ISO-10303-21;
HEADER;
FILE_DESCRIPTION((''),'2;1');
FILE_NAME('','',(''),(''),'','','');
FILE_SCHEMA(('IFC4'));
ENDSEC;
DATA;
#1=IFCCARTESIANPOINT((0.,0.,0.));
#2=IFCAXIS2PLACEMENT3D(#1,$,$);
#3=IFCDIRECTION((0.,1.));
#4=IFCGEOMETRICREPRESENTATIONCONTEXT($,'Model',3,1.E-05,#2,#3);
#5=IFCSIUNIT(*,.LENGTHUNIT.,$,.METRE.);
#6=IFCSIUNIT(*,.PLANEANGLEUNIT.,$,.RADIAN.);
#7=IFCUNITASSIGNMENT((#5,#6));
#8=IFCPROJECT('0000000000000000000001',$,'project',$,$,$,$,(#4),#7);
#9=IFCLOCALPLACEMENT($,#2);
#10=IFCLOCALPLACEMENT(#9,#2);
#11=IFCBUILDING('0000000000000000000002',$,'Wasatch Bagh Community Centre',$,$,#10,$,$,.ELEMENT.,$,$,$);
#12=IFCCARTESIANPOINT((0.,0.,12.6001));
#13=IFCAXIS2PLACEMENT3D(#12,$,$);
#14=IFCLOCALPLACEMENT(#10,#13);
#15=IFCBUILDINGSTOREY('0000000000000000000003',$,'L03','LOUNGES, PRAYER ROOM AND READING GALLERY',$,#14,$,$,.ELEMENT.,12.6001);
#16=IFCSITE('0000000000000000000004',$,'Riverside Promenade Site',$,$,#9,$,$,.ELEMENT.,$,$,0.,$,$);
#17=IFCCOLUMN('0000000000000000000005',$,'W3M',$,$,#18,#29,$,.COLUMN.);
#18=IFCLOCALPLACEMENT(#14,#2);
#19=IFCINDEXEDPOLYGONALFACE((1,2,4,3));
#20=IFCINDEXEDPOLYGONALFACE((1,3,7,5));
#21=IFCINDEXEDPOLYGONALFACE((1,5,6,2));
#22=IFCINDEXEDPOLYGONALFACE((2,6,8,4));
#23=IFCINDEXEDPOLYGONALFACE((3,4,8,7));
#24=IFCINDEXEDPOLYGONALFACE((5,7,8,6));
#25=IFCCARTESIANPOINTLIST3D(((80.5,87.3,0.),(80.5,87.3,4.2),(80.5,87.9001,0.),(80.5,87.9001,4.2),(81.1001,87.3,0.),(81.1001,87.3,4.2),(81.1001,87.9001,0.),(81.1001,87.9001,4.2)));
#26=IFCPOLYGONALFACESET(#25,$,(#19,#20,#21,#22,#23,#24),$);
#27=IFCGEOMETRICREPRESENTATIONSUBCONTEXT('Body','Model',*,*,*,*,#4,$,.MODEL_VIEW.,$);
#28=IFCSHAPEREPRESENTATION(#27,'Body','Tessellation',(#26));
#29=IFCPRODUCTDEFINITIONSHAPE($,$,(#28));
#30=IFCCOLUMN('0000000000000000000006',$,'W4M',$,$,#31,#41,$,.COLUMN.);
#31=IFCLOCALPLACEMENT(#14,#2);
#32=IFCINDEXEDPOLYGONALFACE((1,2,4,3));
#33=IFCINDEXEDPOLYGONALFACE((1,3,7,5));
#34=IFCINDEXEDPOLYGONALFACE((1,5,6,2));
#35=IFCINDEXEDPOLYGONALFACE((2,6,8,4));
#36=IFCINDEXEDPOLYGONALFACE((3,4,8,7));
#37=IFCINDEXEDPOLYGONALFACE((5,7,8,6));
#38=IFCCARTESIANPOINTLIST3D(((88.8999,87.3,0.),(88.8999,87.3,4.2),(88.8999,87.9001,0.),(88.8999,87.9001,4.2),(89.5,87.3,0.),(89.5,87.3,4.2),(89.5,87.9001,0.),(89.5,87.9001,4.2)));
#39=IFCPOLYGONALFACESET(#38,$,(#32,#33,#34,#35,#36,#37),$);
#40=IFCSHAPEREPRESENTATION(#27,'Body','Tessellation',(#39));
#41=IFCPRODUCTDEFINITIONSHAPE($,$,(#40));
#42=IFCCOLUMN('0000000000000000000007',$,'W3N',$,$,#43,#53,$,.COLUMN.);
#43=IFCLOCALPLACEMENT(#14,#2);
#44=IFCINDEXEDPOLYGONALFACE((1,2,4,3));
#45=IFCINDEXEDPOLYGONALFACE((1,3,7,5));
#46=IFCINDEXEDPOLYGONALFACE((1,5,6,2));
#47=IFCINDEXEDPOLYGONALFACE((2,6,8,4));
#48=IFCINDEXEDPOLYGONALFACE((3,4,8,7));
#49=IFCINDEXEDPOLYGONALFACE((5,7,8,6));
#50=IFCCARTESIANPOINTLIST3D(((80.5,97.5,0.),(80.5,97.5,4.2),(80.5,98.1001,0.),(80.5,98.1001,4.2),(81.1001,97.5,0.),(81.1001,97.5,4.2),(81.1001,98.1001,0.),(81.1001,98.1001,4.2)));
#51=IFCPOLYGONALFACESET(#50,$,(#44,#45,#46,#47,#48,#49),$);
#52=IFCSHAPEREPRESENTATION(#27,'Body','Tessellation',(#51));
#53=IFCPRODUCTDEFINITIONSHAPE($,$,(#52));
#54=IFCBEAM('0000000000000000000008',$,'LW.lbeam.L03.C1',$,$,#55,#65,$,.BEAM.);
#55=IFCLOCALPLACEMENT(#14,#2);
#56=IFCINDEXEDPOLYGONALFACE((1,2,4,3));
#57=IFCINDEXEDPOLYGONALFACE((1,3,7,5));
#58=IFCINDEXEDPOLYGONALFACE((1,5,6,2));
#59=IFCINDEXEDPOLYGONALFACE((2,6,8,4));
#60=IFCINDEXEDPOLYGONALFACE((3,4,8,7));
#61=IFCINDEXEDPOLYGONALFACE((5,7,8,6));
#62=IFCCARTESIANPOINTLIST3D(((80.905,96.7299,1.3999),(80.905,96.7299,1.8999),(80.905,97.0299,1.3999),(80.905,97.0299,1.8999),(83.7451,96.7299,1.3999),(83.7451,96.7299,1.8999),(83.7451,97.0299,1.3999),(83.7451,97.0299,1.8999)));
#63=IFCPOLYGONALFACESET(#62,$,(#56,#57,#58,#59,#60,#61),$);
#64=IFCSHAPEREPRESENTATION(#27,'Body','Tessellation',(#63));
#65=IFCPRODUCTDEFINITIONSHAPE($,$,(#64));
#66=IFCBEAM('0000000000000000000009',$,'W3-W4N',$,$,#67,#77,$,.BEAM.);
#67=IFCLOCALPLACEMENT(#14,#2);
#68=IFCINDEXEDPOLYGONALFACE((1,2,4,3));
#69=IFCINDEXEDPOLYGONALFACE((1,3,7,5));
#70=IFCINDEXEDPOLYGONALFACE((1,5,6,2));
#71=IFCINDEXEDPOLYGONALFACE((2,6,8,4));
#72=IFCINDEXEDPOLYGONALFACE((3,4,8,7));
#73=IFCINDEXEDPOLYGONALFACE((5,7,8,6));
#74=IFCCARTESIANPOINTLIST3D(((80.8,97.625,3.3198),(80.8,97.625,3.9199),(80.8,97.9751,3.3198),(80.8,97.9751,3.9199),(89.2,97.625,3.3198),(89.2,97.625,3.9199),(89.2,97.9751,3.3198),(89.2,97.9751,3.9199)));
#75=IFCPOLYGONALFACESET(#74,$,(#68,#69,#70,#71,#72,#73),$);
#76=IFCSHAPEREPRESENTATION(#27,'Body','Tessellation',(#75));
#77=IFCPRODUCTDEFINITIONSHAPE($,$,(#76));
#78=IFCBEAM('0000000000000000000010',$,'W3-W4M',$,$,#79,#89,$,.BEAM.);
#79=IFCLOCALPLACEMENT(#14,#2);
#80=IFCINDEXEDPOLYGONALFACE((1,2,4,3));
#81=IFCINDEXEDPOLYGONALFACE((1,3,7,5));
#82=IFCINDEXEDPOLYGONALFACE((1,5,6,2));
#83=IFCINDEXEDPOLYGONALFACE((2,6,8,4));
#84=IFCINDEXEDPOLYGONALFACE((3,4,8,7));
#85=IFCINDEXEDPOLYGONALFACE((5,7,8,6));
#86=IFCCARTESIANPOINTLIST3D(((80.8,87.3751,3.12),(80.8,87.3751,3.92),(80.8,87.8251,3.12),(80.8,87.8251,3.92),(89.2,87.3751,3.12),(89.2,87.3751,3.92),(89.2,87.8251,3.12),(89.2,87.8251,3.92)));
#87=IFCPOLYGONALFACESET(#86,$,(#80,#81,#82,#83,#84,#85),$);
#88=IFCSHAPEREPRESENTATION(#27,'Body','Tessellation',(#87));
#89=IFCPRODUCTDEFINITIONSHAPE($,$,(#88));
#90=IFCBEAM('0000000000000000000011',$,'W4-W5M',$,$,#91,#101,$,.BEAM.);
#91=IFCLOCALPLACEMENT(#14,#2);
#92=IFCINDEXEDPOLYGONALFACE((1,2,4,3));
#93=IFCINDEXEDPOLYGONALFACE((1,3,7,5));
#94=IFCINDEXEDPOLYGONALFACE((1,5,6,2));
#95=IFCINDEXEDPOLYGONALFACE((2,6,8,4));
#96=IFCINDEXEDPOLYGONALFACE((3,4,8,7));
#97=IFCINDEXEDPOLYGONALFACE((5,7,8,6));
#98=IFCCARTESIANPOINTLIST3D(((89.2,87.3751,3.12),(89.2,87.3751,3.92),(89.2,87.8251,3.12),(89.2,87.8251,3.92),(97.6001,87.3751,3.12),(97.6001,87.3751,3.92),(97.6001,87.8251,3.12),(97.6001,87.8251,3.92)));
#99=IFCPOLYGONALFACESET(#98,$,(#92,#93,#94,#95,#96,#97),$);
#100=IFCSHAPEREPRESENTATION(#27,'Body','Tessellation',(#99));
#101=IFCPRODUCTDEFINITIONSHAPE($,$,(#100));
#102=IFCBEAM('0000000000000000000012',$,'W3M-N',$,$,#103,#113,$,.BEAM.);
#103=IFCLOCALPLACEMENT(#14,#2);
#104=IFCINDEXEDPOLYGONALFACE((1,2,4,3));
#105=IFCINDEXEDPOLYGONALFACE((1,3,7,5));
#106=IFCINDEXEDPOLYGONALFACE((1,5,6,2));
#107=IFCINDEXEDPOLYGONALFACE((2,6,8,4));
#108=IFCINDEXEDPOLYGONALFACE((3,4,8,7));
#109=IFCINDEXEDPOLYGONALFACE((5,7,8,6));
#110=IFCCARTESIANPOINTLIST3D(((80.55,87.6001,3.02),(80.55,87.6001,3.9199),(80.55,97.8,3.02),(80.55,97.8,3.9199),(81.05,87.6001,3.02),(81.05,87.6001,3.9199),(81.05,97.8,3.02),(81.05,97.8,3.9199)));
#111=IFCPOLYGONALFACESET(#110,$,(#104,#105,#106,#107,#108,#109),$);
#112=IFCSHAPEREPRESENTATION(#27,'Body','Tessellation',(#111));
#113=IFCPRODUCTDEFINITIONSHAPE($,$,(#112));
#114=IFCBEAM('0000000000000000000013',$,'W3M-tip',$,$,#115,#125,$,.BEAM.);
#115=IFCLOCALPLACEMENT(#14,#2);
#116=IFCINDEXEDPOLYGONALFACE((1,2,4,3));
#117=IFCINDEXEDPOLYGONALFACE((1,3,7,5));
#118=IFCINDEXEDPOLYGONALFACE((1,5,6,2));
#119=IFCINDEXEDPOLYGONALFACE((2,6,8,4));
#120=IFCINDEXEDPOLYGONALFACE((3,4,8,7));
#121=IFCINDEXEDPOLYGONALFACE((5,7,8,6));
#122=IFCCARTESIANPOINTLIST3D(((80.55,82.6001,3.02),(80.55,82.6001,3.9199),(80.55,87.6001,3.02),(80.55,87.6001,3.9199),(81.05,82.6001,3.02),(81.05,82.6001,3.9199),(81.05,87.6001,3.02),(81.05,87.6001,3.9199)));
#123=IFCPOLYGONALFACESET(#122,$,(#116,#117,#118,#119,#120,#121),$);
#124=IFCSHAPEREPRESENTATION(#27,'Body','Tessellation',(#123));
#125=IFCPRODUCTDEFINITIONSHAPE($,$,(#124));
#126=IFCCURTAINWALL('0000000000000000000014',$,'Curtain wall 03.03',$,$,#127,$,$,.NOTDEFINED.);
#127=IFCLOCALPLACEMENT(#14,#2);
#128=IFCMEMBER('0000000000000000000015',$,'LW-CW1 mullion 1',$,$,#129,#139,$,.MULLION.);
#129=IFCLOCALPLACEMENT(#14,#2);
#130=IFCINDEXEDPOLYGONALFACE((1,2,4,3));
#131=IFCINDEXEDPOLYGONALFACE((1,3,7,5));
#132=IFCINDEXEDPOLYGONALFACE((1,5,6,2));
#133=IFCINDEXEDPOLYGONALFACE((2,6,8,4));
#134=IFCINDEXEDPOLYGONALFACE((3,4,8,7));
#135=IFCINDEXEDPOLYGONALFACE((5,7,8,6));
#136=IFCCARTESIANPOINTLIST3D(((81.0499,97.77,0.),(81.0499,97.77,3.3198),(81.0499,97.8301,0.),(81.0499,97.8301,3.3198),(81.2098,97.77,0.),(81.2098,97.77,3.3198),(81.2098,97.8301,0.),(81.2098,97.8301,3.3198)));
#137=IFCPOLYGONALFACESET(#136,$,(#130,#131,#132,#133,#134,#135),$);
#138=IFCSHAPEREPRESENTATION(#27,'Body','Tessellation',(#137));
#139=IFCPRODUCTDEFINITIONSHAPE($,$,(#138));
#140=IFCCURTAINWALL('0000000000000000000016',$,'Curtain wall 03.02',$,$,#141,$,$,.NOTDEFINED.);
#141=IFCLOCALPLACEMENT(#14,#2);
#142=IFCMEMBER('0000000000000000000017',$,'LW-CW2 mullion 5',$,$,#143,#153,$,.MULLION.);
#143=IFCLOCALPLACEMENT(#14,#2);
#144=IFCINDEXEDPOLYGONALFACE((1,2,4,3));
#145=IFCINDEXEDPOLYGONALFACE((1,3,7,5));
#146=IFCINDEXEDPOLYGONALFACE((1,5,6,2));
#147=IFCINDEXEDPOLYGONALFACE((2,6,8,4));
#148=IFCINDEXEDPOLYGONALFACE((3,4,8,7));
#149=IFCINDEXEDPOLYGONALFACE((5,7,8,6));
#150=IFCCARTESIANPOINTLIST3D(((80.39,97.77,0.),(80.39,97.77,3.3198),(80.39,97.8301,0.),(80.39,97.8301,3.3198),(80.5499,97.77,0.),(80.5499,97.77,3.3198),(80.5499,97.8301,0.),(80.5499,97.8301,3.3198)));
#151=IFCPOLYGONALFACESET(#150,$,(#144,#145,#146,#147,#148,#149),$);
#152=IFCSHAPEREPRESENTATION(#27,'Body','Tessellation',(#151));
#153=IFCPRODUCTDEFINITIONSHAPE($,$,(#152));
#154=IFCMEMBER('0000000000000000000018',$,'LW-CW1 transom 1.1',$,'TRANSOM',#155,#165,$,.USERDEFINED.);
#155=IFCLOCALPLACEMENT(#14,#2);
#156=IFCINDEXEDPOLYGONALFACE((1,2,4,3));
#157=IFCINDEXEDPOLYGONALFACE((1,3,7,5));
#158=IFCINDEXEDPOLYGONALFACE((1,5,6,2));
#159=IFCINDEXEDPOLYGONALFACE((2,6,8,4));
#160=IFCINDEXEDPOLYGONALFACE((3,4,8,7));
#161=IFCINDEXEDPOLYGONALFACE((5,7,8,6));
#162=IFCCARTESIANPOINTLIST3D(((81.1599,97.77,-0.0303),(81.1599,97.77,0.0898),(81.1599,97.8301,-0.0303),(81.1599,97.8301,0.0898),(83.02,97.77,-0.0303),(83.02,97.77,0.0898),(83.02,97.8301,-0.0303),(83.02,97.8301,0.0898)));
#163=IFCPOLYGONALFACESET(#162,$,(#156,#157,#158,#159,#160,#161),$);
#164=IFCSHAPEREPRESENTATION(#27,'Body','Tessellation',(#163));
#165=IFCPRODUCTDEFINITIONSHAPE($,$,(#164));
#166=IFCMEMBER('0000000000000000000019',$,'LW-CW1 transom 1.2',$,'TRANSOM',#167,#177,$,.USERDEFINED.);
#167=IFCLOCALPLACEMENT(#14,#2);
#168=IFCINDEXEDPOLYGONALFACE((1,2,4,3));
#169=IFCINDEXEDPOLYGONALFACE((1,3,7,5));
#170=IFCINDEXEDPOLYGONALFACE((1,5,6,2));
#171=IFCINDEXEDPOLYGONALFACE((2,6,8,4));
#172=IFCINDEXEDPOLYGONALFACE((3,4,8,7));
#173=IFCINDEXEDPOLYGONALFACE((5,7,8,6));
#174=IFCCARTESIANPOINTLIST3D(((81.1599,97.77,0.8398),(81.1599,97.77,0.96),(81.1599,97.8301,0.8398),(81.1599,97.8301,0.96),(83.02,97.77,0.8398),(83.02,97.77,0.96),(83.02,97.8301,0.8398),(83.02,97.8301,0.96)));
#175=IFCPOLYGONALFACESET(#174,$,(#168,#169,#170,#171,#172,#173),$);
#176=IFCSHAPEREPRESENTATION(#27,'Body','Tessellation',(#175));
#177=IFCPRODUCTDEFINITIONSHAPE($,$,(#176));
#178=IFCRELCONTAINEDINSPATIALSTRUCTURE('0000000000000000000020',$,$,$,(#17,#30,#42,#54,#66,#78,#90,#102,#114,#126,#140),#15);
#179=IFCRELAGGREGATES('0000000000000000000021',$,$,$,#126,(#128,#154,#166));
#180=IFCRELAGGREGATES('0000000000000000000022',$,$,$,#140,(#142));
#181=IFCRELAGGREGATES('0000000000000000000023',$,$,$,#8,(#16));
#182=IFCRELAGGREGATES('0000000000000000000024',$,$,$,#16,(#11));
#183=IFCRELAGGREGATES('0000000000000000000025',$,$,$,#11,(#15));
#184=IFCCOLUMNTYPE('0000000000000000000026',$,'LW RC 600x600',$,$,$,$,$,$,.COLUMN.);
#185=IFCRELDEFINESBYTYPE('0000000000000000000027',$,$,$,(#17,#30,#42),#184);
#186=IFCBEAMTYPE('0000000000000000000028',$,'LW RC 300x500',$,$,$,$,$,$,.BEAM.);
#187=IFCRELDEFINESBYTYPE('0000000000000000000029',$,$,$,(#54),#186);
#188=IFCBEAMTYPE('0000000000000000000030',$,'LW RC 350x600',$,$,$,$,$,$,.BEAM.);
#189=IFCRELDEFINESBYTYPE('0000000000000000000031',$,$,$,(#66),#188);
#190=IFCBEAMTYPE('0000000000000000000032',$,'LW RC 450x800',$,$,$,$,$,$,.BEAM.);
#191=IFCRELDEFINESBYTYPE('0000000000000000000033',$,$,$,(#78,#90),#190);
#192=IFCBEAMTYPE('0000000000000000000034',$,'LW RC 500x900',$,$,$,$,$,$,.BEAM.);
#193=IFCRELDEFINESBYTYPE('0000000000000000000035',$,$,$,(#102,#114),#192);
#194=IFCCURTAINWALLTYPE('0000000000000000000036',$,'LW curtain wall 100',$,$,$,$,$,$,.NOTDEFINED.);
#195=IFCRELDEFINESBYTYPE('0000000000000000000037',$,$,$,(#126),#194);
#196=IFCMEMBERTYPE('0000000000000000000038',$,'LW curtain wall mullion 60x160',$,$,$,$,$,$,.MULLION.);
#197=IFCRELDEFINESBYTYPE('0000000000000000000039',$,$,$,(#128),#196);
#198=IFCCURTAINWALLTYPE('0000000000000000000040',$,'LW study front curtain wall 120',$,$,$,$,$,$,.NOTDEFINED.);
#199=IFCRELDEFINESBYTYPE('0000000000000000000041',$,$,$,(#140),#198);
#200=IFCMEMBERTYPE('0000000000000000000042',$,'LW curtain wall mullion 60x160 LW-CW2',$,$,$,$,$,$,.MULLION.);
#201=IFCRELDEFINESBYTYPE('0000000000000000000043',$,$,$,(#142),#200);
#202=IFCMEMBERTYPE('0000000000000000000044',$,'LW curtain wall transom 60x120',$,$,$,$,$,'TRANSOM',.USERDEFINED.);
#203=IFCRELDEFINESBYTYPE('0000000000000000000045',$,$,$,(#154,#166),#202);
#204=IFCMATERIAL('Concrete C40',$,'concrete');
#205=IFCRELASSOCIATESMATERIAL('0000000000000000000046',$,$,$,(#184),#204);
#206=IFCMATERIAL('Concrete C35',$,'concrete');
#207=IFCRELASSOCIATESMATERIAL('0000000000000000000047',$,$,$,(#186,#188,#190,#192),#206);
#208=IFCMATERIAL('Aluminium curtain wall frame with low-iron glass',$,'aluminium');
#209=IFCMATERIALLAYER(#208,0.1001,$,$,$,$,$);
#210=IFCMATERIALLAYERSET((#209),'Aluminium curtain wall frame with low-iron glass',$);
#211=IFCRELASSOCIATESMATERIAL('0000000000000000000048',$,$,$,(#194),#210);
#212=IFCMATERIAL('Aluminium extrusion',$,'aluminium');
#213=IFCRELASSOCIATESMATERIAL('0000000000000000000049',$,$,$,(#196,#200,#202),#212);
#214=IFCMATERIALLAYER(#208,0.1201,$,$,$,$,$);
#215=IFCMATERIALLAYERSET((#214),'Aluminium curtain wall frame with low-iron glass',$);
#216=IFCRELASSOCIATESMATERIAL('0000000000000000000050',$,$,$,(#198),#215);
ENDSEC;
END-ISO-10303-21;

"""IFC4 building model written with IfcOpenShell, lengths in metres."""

from ifc_helpers import new_model, si_unit, direction, frame, origin, origin_2d, place, context, subcontext, project, spatial, rectangle, extrude, material, layer, layer_set, material_profile, profile_set, type_object, element, aggregate, save


model = new_model("IFC4")

# Units and contexts
model_context = context("Model", 3, precision=1e-05, world=origin(), true_north=direction((0.0, 1.0)))
body_context = subcontext(model_context, "Body", "Model", "MODEL_VIEW")
ifc_project = project(units=[si_unit("LENGTHUNIT", "METRE"), si_unit("PLANEANGLEUNIT", "RADIAN")], contexts=[model_context])

# Site, building, storey
site_placement = place(None, origin())
site = spatial("IfcSite", under=ifc_project, at=site_placement, Name="Riverside Promenade Site", CompositionType="ELEMENT", RefElevation=0.0)
building_placement = place(site_placement, origin())
building = spatial("IfcBuilding", under=site, at=building_placement, Name="Wasatch Bagh Community Centre", CompositionType="ELEMENT")
storey_placement = place(building_placement, frame((0.0, 0.0, 12.6001)))
storey = spatial("IfcBuildingStorey", under=building, at=storey_placement, Name="L03", Description="LOUNGES, PRAYER ROOM AND READING GALLERY", CompositionType="ELEMENT", Elevation=12.6001)

# Columns
ifc_material_1 = material(Name="Concrete C40", Category="concrete")
ifc_material_profile_1 = material_profile(ifc_material_1, rectangle(XDim=0.6001, YDim=0.6001, at=origin_2d()), Name="RC 600x600")
ifc_profile_set_1 = profile_set([ifc_material_profile_1], Name="Concrete C40")
column_type = type_object("IfcColumnType", Name="LW RC 600x600", PredefinedType="COLUMN", material=ifc_profile_set_1)
for number, where, z_axis, x_axis, name in (
    (1, (80.8, 87.6001, 0.0), (0.0, 0.0, 1.0), (1.0, 0.0, 0.0), "W3M"),
    (2, (89.2, 87.6001, 0.0), (0.0, 0.0, 1.0), (1.0, 0.0, 0.0), "W4M"),
    (3, (80.8, 97.8, 0.0), (0.0, 0.0, 1.0), (1.0, 0.0, 0.0), "W3N"),
):
    element("IfcColumn", number, at=place(storey_placement, frame(where, z_axis=z_axis, x_axis=x_axis)), inside=storey, type_object=column_type, Name=name, PredefinedType="COLUMN", context=body_context, shape_type="SweptSolid", body=[
        extrude(rectangle(XDim=0.6001, YDim=0.6001, at=origin_2d()), origin(), (0.0, 0.0, 1.0), 4.2),
    ])

# Beams
ifc_material_2 = material(Name="Concrete C35", Category="concrete")
ifc_material_profile_2 = material_profile(ifc_material_2, rectangle(XDim=0.3, YDim=0.5, at=origin_2d()), Name="RC 300x500")
ifc_profile_set_2 = profile_set([ifc_material_profile_2], Name="Concrete C35")
beam_type_1 = type_object("IfcBeamType", Name="LW RC 300x500", PredefinedType="BEAM", material=ifc_profile_set_2)
beam_1_placement = place(storey_placement, frame((80.905, 96.8799, 1.6499), z_axis=(1.0, 0.0, 0.0), x_axis=(0.0, 1.0, 0.0)))
element("IfcBeam", 4, at=beam_1_placement, inside=storey, type_object=beam_type_1, Name="LW.lbeam.L03.C1", PredefinedType="BEAM", context=body_context, shape_type="SweptSolid", body=[
    extrude(rectangle(XDim=0.3, YDim=0.5, at=origin_2d()), origin(), (0.0, 0.0, 1.0), 2.8401),
])
ifc_material_profile_3 = material_profile(ifc_material_2, rectangle(XDim=0.3501, YDim=0.6001, at=origin_2d()), Name="RC 350x600")
ifc_profile_set_3 = profile_set([ifc_material_profile_3], Name="Concrete C35")
beam_type_2 = type_object("IfcBeamType", Name="LW RC 350x600", PredefinedType="BEAM", material=ifc_profile_set_3)
beam_2_placement = place(storey_placement, frame((80.8, 97.8, 3.6199), z_axis=(1.0, 0.0, 0.0), x_axis=(0.0, 1.0, 0.0)))
element("IfcBeam", 5, at=beam_2_placement, inside=storey, type_object=beam_type_2, Name="W3-W4N", PredefinedType="BEAM", context=body_context, shape_type="SweptSolid", body=[
    extrude(rectangle(XDim=0.3501, YDim=0.6001, at=origin_2d()), origin(), (0.0, 0.0, 1.0), 8.3999),
])
ifc_material_profile_4 = material_profile(ifc_material_2, rectangle(XDim=0.45, YDim=0.8, at=origin_2d()), Name="RC 450x800")
ifc_profile_set_4 = profile_set([ifc_material_profile_4], Name="Concrete C35")
beam_type_3 = type_object("IfcBeamType", Name="LW RC 450x800", PredefinedType="BEAM", material=ifc_profile_set_4)
beam_3_placement = place(storey_placement, frame((80.8, 87.6001, 3.52), z_axis=(1.0, 0.0, 0.0), x_axis=(0.0, 1.0, 0.0)))
element("IfcBeam", 6, at=beam_3_placement, inside=storey, type_object=beam_type_3, Name="W3-W4M", PredefinedType="BEAM", context=body_context, shape_type="SweptSolid", body=[
    extrude(rectangle(XDim=0.45, YDim=0.8, at=origin_2d()), origin(), (0.0, 0.0, 1.0), 8.3999),
])
beam_4_placement = place(storey_placement, frame((89.2, 87.6001, 3.52), z_axis=(1.0, 0.0, 0.0), x_axis=(0.0, 1.0, 0.0)))
element("IfcBeam", 7, at=beam_4_placement, inside=storey, type_object=beam_type_3, Name="W4-W5M", PredefinedType="BEAM", context=body_context, shape_type="SweptSolid", body=[
    extrude(rectangle(XDim=0.45, YDim=0.8, at=origin_2d()), origin(), (0.0, 0.0, 1.0), 8.4001),
])
ifc_material_profile_5 = material_profile(ifc_material_2, rectangle(XDim=0.5, YDim=0.8999, at=origin_2d()), Name="RC 500x900")
ifc_profile_set_5 = profile_set([ifc_material_profile_5], Name="Concrete C35")
beam_type_4 = type_object("IfcBeamType", Name="LW RC 500x900", PredefinedType="BEAM", material=ifc_profile_set_5)
beam_5_placement = place(storey_placement, frame((80.8, 87.6001, 3.47), z_axis=(0.0, 1.0, 0.0), x_axis=(-1.0, 0.0, 0.0)))
element("IfcBeam", 8, at=beam_5_placement, inside=storey, type_object=beam_type_4, Name="W3M-N", PredefinedType="BEAM", context=body_context, shape_type="SweptSolid", body=[
    extrude(rectangle(XDim=0.5, YDim=0.8999, at=origin_2d()), origin(), (0.0, 0.0, 1.0), 10.2),
])
beam_6_placement = place(storey_placement, frame((80.8, 87.6001, 3.47), z_axis=(0.0, -1.0, 0.0), x_axis=(1.0, 0.0, 0.0)))
element("IfcBeam", 9, at=beam_6_placement, inside=storey, type_object=beam_type_4, Name="W3M-tip", PredefinedType="BEAM", context=body_context, shape_type="SweptSolid", body=[
    extrude(rectangle(XDim=0.5, YDim=0.8999, at=origin_2d()), origin(), (0.0, 0.0, 1.0), 5.0),
])

# Curtain walls, members
ifc_material_3 = material(Name="Aluminium curtain wall frame with low-iron glass", Category="aluminium")
ifc_layer_1 = layer(ifc_material_3, 0.1001)
ifc_layer_set_1 = layer_set([ifc_layer_1], Name="Aluminium curtain wall frame with low-iron glass")
curtain_wall_type_1 = type_object("IfcCurtainWallType", Name="LW curtain wall 100", PredefinedType="NOTDEFINED", material=ifc_layer_set_1)
curtain_wall_1_placement = place(storey_placement, origin())
curtain_wall_1 = element("IfcCurtainWall", 10, at=curtain_wall_1_placement, inside=storey, type_object=curtain_wall_type_1, Name="Curtain wall 03.03", PredefinedType="NOTDEFINED")
ifc_material_4 = material(Name="Aluminium extrusion", Category="aluminium")
ifc_material_profile_6 = material_profile(ifc_material_4, rectangle(XDim=0.0601, YDim=0.1599, at=origin_2d()), Name="AL 60x160")
ifc_profile_set_6 = profile_set([ifc_material_profile_6], Name="Aluminium extrusion")
member_type_1 = type_object("IfcMemberType", Name="LW curtain wall mullion 60x160", PredefinedType="MULLION", material=ifc_profile_set_6)
member_1_placement = place(storey_placement, frame((81.1299, 97.8, 0.0), z_axis=(0.0, 0.0, 1.0), x_axis=(0.0, 1.0, 0.0)))
member_1 = element("IfcMember", 11, at=member_1_placement, type_object=member_type_1, Name="LW-CW1 mullion 1", PredefinedType="MULLION", context=body_context, shape_type="SweptSolid", body=[
    extrude(rectangle(XDim=0.0601, YDim=0.1599, at=origin_2d()), origin(), (0.0, 0.0, 1.0), 3.3198),
])
ifc_layer_2 = layer(ifc_material_3, 0.1201)
ifc_layer_set_2 = layer_set([ifc_layer_2], Name="Aluminium curtain wall frame with low-iron glass")
curtain_wall_type_2 = type_object("IfcCurtainWallType", Name="LW study front curtain wall 120", PredefinedType="NOTDEFINED", material=ifc_layer_set_2)
curtain_wall_2_placement = place(storey_placement, origin())
curtain_wall_2 = element("IfcCurtainWall", 12, at=curtain_wall_2_placement, inside=storey, type_object=curtain_wall_type_2, Name="Curtain wall 03.02", PredefinedType="NOTDEFINED")
ifc_material_profile_7 = material_profile(ifc_material_4, rectangle(XDim=0.0601, YDim=0.1599, at=origin_2d()), Name="AL 60x160")
ifc_profile_set_7 = profile_set([ifc_material_profile_7], Name="Aluminium extrusion")
member_type_2 = type_object("IfcMemberType", Name="LW curtain wall mullion 60x160 LW-CW2", PredefinedType="MULLION", material=ifc_profile_set_7)
member_2_placement = place(storey_placement, frame((80.47, 97.8, 0.0), z_axis=(0.0, 0.0, 1.0), x_axis=(0.0, 1.0, 0.0)))
member_2 = element("IfcMember", 13, at=member_2_placement, type_object=member_type_2, Name="LW-CW2 mullion 5", PredefinedType="MULLION", context=body_context, shape_type="SweptSolid", body=[
    extrude(rectangle(XDim=0.0601, YDim=0.1599, at=origin_2d()), origin(), (0.0, 0.0, 1.0), 3.3198),
])

# Members
ifc_material_profile_8 = material_profile(ifc_material_4, rectangle(XDim=0.0601, YDim=0.1201, at=origin_2d()), Name="AL 60x120")
ifc_profile_set_8 = profile_set([ifc_material_profile_8], Name="Aluminium extrusion")
member_type_3 = type_object("IfcMemberType", Name="LW curtain wall transom 60x120", ElementType="TRANSOM", PredefinedType="USERDEFINED", material=ifc_profile_set_8)
member_3_placement = place(storey_placement, frame((81.1599, 97.8, 0.0298), z_axis=(1.0, 0.0, 0.0), x_axis=(0.0, 1.0, 0.0)))
member_3 = element("IfcMember", 14, at=member_3_placement, type_object=member_type_3, Name="LW-CW1 transom 1.1", ObjectType="TRANSOM", PredefinedType="USERDEFINED", context=body_context, shape_type="SweptSolid", body=[
    extrude(rectangle(XDim=0.0601, YDim=0.1201, at=origin_2d()), origin(), (0.0, 0.0, 1.0), 1.8601),
])
member_4_placement = place(storey_placement, frame((81.1599, 97.8, 0.8999), z_axis=(1.0, 0.0, 0.0), x_axis=(0.0, 1.0, 0.0)))
member_4 = element("IfcMember", 15, at=member_4_placement, type_object=member_type_3, Name="LW-CW1 transom 1.2", ObjectType="TRANSOM", PredefinedType="USERDEFINED", context=body_context, shape_type="SweptSolid", body=[
    extrude(rectangle(XDim=0.0601, YDim=0.1201, at=origin_2d()), origin(), (0.0, 0.0, 1.0), 1.8601),
])
aggregate(curtain_wall_1, [member_1, member_3, member_4])

aggregate(curtain_wall_2, [member_2])

save(model, "model.ifc")
